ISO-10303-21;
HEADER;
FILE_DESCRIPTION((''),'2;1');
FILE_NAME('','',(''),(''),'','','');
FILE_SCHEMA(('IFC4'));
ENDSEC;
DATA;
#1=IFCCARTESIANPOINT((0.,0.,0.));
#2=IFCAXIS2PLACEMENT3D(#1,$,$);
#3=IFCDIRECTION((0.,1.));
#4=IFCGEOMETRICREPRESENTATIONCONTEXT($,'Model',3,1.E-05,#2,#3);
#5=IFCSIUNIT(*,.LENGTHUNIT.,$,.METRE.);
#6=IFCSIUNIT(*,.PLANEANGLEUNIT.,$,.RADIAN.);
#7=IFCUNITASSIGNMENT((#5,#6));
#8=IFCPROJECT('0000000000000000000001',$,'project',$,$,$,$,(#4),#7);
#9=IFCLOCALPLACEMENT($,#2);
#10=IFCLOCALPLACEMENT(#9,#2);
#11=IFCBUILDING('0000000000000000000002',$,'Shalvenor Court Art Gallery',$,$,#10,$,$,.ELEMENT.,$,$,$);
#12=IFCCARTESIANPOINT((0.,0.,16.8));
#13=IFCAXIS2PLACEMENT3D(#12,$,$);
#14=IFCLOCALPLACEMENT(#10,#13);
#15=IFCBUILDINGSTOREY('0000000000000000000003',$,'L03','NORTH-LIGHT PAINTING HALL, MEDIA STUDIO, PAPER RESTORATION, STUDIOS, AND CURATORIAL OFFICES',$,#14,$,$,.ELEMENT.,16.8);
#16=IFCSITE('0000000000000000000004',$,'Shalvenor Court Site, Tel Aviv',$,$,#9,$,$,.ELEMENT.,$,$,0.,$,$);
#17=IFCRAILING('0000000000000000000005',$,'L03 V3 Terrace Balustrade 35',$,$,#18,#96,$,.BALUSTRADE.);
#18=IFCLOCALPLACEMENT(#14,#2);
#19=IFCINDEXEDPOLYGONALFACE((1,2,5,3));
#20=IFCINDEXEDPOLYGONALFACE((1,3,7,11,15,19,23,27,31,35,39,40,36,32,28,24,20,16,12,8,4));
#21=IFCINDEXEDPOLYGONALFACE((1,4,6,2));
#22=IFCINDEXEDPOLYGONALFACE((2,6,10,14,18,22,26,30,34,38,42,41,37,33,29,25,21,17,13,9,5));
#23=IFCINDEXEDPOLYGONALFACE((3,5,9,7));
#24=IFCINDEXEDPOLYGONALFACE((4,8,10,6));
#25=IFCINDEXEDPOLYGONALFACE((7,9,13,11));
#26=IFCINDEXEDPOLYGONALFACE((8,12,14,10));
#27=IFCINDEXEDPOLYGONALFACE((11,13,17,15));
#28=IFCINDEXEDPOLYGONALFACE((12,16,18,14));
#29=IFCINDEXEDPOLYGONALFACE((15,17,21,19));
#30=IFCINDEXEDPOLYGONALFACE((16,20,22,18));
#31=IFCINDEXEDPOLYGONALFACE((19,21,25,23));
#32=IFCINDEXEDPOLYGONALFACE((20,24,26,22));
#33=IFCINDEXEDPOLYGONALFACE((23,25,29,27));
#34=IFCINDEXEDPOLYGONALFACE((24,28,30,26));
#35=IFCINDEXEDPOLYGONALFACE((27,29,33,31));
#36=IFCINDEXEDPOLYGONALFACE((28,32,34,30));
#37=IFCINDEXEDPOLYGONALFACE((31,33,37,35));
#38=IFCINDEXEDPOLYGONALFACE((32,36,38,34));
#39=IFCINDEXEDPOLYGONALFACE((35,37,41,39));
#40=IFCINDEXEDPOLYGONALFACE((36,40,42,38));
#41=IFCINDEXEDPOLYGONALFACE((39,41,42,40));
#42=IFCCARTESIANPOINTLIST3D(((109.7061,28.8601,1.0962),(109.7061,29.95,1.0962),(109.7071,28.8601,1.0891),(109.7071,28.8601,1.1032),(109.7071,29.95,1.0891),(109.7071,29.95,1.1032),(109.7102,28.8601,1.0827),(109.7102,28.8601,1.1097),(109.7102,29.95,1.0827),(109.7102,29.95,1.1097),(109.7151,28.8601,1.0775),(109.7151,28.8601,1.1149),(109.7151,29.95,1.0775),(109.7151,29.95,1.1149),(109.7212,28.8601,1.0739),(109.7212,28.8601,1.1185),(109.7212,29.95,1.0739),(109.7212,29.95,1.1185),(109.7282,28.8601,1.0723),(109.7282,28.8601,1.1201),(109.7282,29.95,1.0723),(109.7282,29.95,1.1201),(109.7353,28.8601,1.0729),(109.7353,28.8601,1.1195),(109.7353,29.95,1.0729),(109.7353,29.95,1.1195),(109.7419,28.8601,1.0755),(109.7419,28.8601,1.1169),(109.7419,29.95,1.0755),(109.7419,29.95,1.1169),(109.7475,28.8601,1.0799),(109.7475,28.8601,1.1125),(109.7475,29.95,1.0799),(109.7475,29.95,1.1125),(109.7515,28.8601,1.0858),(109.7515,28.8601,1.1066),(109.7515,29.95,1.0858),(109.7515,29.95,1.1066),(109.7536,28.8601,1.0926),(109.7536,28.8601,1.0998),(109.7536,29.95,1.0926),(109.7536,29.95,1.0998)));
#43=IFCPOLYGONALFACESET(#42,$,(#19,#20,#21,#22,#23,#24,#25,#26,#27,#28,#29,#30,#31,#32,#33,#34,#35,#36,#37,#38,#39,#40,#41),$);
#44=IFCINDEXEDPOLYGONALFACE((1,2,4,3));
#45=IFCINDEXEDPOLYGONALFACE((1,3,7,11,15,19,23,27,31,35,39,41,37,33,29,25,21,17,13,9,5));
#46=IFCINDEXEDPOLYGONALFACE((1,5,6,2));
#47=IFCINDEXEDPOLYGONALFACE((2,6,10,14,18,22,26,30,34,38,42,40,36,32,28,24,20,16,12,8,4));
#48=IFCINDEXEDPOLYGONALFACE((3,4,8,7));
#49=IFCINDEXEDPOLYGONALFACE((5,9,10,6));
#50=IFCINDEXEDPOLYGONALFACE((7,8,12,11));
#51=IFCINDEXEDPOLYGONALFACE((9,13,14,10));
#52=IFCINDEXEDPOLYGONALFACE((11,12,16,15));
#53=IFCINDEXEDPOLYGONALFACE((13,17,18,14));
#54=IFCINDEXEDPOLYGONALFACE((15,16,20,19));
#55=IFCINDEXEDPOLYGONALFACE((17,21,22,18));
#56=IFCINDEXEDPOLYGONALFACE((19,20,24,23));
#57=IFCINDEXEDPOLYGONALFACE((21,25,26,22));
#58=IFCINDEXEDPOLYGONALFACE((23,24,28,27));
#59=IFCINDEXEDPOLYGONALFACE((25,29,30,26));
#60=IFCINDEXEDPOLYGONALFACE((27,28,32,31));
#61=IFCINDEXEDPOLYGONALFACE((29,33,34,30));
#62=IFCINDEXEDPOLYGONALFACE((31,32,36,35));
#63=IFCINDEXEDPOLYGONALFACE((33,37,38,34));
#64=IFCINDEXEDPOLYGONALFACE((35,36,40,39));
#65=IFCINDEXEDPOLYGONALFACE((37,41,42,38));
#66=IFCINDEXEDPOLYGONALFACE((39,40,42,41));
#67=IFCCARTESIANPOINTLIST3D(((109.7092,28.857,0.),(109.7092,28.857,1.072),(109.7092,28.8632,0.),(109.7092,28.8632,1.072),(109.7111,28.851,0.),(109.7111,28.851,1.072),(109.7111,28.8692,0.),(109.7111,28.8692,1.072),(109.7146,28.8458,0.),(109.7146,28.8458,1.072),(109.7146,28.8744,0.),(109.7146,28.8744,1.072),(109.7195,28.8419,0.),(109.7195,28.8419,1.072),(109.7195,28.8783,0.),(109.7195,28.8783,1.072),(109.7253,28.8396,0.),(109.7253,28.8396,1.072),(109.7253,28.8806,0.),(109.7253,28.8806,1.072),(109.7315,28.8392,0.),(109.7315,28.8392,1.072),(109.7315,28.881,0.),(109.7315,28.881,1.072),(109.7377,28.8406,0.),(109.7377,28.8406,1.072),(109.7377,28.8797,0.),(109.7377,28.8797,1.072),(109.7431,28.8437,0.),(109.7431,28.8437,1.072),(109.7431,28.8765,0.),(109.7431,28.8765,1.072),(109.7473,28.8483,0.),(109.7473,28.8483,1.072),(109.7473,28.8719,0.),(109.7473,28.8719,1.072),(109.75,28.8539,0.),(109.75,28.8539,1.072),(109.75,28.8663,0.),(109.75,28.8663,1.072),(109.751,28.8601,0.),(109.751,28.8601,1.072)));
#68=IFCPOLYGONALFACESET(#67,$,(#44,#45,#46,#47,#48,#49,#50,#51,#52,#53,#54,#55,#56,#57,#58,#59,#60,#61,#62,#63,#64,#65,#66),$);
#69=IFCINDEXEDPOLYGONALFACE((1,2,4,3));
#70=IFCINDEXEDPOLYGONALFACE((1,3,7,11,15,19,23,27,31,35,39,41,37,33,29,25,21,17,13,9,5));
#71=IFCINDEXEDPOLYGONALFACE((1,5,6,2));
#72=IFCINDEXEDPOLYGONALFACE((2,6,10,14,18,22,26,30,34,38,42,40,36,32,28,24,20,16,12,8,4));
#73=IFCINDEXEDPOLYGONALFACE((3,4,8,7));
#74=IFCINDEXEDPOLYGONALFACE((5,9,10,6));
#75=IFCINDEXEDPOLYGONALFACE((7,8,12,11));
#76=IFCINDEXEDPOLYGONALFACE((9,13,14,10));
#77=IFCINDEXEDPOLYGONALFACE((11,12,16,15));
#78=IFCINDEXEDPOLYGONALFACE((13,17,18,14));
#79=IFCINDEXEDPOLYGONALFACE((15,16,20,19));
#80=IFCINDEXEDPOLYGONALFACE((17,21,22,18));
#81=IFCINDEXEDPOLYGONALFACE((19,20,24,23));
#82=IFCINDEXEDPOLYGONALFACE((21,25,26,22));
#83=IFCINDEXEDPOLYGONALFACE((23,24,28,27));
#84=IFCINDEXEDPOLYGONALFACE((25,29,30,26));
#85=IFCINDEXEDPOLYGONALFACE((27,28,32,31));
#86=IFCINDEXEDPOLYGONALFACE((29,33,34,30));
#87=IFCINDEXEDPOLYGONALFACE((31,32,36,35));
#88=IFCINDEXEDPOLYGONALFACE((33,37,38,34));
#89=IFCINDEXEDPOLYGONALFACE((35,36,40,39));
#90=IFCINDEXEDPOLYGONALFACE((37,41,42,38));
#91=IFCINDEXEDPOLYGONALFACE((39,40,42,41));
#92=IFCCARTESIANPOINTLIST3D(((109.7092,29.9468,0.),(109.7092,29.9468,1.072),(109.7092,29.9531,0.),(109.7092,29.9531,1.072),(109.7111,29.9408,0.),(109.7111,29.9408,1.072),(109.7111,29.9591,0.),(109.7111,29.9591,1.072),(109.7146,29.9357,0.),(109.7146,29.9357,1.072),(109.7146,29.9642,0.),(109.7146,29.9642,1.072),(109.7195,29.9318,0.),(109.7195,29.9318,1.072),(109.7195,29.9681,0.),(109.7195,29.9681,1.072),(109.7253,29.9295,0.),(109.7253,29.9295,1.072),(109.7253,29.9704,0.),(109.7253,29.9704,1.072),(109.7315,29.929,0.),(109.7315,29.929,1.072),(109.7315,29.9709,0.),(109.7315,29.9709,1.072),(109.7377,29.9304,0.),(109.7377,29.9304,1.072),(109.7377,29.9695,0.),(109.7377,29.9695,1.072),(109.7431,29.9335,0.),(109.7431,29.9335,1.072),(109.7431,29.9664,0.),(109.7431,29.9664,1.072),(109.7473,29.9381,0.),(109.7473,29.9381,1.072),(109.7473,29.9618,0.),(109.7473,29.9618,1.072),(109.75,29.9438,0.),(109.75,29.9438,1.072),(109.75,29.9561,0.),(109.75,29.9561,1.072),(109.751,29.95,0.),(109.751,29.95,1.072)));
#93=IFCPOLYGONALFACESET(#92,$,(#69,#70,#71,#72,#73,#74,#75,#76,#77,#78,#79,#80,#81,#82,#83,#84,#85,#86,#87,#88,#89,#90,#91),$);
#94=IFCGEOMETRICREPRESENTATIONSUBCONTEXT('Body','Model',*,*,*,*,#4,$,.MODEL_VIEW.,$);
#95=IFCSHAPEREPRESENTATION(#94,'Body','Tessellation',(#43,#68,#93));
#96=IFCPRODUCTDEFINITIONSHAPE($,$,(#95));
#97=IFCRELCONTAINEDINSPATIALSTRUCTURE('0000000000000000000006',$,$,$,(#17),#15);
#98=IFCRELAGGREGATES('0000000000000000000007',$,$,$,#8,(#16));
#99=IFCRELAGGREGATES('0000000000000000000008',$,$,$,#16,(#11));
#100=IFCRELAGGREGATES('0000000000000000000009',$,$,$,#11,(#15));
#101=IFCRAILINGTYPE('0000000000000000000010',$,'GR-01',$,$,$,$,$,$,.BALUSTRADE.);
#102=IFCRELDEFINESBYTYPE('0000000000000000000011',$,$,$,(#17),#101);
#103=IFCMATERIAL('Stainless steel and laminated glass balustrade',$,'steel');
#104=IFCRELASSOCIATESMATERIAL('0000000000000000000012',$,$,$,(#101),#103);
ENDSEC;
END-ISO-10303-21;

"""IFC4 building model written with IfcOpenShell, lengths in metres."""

from ifc_helpers import new_model, si_unit, direction, frame, origin, origin_2d, place, context, subcontext, project, spatial, circle, extrude, material, type_object, element, save


model = new_model("IFC4")

# Units and contexts
model_context = context("Model", 3, precision=1e-05, world=origin(), true_north=direction((0.0, 1.0)))
body_context = subcontext(model_context, "Body", "Model", "MODEL_VIEW")
ifc_project = project(units=[si_unit("LENGTHUNIT", "METRE"), si_unit("PLANEANGLEUNIT", "RADIAN")], contexts=[model_context])

# Site, building, storey
site_placement = place(None, origin())
site = spatial("IfcSite", under=ifc_project, at=site_placement, Name="Shalvenor Court Site, Tel Aviv", CompositionType="ELEMENT", RefElevation=0.0)
building_placement = place(site_placement, origin())
building = spatial("IfcBuilding", under=site, at=building_placement, Name="Shalvenor Court Art Gallery", CompositionType="ELEMENT")
storey_placement = place(building_placement, frame((0.0, 0.0, 16.8)))
storey = spatial("IfcBuildingStorey", under=building, at=storey_placement, Name="L03", Description="NORTH-LIGHT PAINTING HALL, MEDIA STUDIO, PAPER RESTORATION, STUDIOS, AND CURATORIAL OFFICES", CompositionType="ELEMENT", Elevation=16.8)

# Railing
ifc_material_1 = material(Name="Stainless steel and laminated glass balustrade", Category="steel")
railing_type = type_object("IfcRailingType", Name="GR-01", PredefinedType="BALUSTRADE", material=ifc_material_1)
railing_1_placement = place(storey_placement, frame((109.73, 28.8601, 0.0)))
element("IfcRailing", 1, at=railing_1_placement, inside=storey, type_object=railing_type, Name="L03 V3 Terrace Balustrade 35", PredefinedType="BALUSTRADE", context=body_context, shape_type="SweptSolid", body=[
    extrude(circle(Radius=0.0239, at=origin_2d()), frame((0.0, 0.0, 1.0962), z_axis=(0.0, 1.0, 0.0), x_axis=(-1.0, 0.0, 0.0)), (0.0, 0.0, 1.0), 1.0898),
    extrude(circle(Radius=0.021, at=origin_2d()), origin(), (0.0, 0.0, 1.0), 1.072),
    extrude(circle(Radius=0.021, at=origin_2d()), frame((0.0, 1.0898, 0.0)), (0.0, 0.0, 1.0), 1.072),
])

save(model, "model.ifc")
